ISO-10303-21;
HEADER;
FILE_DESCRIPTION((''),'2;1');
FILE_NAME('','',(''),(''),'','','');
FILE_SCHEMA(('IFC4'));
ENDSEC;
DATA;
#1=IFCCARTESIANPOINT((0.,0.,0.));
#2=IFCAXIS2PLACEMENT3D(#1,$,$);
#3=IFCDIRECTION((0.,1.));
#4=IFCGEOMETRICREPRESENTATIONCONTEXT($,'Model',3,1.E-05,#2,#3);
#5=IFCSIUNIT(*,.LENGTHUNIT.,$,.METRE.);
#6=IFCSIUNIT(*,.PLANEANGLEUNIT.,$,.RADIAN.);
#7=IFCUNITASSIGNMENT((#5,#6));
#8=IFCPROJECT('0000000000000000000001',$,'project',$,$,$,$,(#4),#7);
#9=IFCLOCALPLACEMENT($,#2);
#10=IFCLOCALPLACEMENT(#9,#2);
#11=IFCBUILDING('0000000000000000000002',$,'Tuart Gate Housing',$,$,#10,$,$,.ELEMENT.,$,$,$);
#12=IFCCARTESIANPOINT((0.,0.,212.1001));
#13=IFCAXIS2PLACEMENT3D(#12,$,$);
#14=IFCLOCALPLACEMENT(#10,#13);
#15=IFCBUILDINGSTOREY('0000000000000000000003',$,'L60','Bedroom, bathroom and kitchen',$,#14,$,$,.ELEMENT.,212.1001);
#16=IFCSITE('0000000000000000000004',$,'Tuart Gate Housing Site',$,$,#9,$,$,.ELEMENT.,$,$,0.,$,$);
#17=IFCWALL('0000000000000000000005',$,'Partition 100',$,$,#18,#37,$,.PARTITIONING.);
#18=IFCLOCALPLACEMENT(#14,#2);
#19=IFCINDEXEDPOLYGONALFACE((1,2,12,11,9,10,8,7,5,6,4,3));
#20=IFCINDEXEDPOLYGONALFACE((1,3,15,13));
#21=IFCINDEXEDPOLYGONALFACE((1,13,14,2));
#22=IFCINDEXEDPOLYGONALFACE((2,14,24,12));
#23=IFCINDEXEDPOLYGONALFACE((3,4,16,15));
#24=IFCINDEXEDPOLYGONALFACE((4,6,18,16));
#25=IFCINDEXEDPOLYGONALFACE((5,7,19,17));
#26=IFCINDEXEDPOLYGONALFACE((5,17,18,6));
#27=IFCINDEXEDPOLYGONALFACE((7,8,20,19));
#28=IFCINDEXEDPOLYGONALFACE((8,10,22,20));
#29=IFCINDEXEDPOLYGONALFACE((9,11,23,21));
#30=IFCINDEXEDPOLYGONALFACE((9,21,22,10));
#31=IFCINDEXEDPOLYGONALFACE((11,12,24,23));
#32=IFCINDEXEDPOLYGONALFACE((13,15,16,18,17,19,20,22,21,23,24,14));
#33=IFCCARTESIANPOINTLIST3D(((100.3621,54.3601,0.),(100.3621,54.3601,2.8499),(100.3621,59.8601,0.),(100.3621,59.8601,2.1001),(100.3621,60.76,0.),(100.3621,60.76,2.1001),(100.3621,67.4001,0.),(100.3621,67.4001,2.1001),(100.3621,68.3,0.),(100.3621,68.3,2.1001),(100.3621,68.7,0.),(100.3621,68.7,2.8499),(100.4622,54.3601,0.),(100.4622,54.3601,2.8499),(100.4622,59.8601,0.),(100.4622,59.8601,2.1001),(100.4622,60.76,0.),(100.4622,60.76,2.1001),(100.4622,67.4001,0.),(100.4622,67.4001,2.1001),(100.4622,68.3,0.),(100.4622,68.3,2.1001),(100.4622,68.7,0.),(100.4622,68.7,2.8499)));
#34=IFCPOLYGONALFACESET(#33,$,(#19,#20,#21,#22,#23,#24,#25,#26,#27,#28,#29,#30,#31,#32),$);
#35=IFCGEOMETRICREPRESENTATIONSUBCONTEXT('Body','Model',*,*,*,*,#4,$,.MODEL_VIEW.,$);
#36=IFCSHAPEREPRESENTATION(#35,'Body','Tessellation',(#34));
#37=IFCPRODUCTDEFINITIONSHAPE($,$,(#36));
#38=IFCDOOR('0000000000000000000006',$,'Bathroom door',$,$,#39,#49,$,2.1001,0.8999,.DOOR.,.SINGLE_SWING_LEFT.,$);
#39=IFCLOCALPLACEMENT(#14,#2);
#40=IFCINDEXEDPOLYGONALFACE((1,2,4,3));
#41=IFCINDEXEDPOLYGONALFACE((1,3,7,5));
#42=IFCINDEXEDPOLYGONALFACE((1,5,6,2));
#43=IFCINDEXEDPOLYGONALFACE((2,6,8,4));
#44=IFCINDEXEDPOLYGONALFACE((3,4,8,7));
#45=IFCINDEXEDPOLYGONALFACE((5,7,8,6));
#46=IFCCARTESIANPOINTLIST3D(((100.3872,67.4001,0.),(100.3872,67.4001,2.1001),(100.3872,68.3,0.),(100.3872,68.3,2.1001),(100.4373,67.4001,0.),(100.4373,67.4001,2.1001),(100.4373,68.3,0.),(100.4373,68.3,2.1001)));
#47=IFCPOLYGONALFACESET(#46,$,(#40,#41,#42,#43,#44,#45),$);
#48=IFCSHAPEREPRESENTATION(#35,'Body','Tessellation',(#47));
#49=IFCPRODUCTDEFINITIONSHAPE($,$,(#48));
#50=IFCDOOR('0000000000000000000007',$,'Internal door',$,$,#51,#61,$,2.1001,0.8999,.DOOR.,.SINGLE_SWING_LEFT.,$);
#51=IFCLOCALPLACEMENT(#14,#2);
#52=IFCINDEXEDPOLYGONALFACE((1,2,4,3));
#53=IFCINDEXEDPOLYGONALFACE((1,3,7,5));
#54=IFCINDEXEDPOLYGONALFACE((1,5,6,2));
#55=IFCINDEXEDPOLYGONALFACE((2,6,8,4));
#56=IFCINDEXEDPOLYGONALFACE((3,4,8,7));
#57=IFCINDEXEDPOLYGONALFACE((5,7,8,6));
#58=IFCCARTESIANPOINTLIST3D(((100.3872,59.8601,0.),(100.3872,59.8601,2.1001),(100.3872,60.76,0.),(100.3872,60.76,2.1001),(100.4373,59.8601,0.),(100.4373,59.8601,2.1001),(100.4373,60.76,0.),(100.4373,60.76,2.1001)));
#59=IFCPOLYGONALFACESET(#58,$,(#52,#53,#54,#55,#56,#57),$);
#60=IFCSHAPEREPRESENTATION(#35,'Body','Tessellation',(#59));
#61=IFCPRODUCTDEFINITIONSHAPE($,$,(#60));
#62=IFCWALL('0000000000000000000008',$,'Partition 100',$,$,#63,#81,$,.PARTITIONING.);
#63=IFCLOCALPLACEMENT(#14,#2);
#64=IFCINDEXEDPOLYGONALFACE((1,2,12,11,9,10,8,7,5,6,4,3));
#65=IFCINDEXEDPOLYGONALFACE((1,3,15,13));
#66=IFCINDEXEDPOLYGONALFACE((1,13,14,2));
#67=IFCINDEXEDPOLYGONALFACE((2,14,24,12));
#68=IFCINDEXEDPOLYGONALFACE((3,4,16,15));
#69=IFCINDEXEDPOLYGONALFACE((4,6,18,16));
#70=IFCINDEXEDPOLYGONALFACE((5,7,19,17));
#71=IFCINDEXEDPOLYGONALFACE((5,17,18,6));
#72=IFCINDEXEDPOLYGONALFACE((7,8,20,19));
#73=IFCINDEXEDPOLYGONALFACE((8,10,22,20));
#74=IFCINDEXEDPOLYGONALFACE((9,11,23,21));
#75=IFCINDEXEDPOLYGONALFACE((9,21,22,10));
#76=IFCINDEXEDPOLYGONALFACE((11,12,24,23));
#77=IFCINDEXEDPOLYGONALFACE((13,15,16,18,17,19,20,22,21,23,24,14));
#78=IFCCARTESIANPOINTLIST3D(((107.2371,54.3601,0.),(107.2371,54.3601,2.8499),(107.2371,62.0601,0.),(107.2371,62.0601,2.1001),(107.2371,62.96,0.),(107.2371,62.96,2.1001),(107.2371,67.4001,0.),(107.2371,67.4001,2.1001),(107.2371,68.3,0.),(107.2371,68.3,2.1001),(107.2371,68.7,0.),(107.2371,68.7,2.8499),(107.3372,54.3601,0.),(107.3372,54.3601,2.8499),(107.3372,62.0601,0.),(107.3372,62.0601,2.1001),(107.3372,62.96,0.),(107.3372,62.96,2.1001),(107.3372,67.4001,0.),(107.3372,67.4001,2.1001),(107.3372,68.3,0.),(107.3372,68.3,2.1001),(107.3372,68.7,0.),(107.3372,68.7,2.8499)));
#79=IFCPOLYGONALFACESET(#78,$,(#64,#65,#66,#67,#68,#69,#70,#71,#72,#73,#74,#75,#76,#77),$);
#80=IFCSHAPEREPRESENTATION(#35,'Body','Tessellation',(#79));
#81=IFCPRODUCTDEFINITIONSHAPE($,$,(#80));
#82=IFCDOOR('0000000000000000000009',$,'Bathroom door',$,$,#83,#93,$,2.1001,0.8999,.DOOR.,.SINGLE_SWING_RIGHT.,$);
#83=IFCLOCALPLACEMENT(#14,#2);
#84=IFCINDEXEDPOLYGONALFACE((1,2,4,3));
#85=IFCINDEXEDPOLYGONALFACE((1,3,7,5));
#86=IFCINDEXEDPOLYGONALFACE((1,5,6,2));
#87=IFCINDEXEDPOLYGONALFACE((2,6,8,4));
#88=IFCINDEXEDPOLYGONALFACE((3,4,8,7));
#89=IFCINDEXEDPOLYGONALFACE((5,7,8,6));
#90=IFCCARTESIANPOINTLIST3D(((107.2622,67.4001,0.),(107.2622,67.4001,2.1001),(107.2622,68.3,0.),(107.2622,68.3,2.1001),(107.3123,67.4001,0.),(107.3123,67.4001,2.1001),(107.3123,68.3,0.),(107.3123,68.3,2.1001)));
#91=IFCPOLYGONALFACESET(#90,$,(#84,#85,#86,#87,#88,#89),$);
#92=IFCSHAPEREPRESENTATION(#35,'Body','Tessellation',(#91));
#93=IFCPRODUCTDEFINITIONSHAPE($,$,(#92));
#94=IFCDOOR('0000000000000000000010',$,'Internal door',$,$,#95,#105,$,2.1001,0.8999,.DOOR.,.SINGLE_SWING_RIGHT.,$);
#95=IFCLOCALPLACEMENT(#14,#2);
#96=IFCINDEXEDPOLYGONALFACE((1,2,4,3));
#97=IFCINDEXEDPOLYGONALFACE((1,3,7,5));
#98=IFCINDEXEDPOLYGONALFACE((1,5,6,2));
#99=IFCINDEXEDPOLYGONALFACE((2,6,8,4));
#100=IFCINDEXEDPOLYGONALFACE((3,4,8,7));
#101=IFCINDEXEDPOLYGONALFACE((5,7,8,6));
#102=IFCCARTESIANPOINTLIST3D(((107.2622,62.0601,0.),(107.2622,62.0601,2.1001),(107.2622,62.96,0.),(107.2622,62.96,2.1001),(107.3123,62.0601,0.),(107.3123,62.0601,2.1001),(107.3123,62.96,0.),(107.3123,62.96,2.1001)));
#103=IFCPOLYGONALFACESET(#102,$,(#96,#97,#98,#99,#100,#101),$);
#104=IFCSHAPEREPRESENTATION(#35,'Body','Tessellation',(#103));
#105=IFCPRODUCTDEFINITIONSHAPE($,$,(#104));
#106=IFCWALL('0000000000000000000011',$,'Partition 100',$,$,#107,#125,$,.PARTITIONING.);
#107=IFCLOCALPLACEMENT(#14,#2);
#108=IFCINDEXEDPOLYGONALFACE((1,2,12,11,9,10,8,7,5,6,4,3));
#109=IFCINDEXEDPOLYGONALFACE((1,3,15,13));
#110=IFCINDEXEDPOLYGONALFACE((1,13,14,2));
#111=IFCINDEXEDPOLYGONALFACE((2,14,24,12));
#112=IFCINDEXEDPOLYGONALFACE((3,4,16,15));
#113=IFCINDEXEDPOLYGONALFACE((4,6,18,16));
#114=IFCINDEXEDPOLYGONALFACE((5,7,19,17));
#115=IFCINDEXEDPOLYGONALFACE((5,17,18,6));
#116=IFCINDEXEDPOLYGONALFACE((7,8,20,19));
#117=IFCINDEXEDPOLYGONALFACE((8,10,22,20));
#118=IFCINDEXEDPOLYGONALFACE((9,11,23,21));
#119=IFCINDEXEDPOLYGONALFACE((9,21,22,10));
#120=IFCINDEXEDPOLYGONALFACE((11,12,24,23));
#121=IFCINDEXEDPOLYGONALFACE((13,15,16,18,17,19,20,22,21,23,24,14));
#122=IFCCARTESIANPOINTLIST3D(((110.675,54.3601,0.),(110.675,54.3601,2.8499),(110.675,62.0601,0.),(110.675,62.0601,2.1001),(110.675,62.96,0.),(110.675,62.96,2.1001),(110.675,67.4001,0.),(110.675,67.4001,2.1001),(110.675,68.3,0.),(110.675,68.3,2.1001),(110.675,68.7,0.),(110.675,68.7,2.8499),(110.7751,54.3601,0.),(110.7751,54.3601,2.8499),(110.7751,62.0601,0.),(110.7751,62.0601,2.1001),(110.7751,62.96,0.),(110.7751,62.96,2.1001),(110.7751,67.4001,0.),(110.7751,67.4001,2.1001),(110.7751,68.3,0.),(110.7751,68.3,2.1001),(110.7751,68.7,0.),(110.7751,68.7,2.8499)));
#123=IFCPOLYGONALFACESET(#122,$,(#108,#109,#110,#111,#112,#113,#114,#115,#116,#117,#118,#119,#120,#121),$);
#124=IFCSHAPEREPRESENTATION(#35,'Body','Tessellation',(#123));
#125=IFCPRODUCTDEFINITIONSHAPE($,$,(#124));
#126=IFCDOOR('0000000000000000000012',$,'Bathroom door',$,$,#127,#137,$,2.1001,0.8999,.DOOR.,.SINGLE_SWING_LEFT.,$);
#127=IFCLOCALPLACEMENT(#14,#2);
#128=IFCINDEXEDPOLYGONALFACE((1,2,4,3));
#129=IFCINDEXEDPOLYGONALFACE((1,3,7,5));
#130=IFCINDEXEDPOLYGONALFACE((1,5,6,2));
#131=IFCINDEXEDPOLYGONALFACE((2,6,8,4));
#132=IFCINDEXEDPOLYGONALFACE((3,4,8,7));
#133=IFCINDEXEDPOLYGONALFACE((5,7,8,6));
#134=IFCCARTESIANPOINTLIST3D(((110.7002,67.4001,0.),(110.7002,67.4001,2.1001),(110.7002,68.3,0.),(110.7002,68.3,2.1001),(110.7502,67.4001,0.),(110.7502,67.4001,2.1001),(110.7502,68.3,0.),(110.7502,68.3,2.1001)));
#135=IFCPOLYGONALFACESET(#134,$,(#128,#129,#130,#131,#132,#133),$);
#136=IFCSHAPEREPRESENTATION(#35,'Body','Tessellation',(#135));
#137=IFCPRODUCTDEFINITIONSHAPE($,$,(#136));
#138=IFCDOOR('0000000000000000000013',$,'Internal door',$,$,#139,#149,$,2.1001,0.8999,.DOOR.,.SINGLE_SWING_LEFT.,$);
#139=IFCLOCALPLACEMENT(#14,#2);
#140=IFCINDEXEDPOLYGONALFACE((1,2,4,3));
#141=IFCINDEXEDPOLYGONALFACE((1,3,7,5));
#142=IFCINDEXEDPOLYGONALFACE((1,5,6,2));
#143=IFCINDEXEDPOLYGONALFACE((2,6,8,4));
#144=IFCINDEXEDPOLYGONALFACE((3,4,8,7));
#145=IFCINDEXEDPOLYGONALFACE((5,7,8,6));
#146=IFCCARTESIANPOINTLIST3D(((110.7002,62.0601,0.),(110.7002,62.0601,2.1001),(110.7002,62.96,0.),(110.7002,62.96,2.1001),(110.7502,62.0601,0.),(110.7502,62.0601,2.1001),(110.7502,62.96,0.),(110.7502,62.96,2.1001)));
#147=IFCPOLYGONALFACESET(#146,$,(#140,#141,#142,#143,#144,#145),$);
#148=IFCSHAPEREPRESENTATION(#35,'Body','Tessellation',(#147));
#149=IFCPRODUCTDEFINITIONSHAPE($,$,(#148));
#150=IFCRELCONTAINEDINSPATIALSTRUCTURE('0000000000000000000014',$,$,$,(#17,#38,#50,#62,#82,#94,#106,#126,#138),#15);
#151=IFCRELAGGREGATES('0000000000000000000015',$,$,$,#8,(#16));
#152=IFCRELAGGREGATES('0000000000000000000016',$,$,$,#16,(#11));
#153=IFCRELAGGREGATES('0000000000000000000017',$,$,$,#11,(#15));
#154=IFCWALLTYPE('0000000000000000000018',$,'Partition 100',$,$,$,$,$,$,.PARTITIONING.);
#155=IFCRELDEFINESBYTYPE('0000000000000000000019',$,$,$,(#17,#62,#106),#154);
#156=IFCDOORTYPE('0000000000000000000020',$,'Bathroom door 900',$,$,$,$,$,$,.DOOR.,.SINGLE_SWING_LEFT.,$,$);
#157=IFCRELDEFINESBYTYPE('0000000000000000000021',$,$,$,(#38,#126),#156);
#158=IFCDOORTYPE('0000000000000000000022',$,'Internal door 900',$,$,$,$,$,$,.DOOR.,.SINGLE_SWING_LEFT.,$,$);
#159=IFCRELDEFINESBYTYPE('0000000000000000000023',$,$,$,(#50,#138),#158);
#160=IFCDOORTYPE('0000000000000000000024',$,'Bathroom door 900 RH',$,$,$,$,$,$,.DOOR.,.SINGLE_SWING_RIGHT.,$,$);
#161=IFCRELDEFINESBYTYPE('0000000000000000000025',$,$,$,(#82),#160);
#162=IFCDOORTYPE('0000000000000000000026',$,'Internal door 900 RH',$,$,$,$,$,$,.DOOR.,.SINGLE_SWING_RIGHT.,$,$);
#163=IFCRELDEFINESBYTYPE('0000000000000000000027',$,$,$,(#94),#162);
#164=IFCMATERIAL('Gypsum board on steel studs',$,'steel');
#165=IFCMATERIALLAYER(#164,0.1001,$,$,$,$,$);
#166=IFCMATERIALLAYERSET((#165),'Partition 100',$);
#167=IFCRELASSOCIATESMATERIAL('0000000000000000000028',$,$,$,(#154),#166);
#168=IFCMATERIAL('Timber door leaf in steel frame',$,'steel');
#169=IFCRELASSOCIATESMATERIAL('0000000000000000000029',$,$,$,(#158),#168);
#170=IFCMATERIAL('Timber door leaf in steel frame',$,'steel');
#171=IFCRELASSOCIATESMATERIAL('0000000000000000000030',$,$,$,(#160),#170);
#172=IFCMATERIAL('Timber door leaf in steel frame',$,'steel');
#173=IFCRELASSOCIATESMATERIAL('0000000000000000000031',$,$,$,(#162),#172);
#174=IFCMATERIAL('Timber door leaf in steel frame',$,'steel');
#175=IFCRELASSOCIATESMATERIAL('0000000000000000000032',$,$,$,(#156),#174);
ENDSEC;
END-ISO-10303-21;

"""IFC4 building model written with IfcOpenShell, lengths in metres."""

from ifc_helpers import new_model, si_unit, direction, frame, frame_2d, origin, place, context, subcontext, project, spatial, rectangle, extrude, material, layer, layer_set, type_object, element, fill, save


model = new_model("IFC4")

# Units and contexts
model_context = context("Model", 3, precision=1e-05, world=origin(), true_north=direction((0.0, 1.0)))
body_context = subcontext(model_context, "Body", "Model", "MODEL_VIEW")
ifc_project = project(units=[si_unit("LENGTHUNIT", "METRE"), si_unit("PLANEANGLEUNIT", "RADIAN")], contexts=[model_context])

# Site, building, storey
site_placement = place(None, origin())
site = spatial("IfcSite", under=ifc_project, at=site_placement, Name="Tuart Gate Housing Site", CompositionType="ELEMENT", RefElevation=0.0)
building_placement = place(site_placement, origin())
building = spatial("IfcBuilding", under=site, at=building_placement, Name="Tuart Gate Housing", CompositionType="ELEMENT")
storey_placement = place(building_placement, frame((0.0, 0.0, 212.1001)))
storey = spatial("IfcBuildingStorey", under=building, at=storey_placement, Name="L60", Description="Bedroom, bathroom and kitchen", CompositionType="ELEMENT", Elevation=212.1001)

# Shared definitions
ifc_material_1 = material(Name="Gypsum board on steel studs", Category="steel")
ifc_layer_1 = layer(ifc_material_1, 0.1001)
ifc_layer_set_1 = layer_set([ifc_layer_1], Name="Partition 100")
wall_type_1 = type_object("IfcWallType", Name="Partition 100", PredefinedType="PARTITIONING", material=ifc_layer_set_1)
ifc_material_2 = material(Name="Timber door leaf in steel frame", Category="steel")
door_type_1 = type_object("IfcDoorType", Name="Internal door 900", OperationType="SINGLE_SWING_LEFT", PredefinedType="DOOR", material=ifc_material_2)

# Walls, openings, doors
ifc_material_3 = material(Name="Timber door leaf in steel frame", Category="steel")
door_type_2 = type_object("IfcDoorType", Name="Bathroom door 900 RH", OperationType="SINGLE_SWING_RIGHT", PredefinedType="DOOR", material=ifc_material_3)
ifc_material_4 = material(Name="Timber door leaf in steel frame", Category="steel")
door_type_3 = type_object("IfcDoorType", Name="Internal door 900 RH", OperationType="SINGLE_SWING_RIGHT", PredefinedType="DOOR", material=ifc_material_4)
wall_1_placement = place(storey_placement, frame((100.4121, 54.3601, 0.0), z_axis=(0.0, 0.0, 1.0), x_axis=(0.0, 1.0, 0.0)))
wall_1 = element("IfcWall", 1, at=wall_1_placement, inside=storey, type_object=wall_type_1, Name="Partition 100", PredefinedType="PARTITIONING", context=body_context, shape_type="SweptSolid", body=[
    extrude(rectangle(XDim=14.3398, YDim=0.1001, at=frame_2d((7.1699, 0.0))), origin(), (0.0, 0.0, 1.0), 2.8499),
])
opening_1_placement = place(wall_1_placement, frame((5.5, 0.0, 0.0)))
opening_1 = element("IfcOpeningElement", 2, at=opening_1_placement, cuts=wall_1, PredefinedType="OPENING", context=body_context, shape_type="SweptSolid", body=[
    extrude(rectangle(XDim=0.8999, YDim=2.1001, at=frame_2d((0.45, 1.05))), frame((0.0, 0.0601, 0.0), z_axis=(0.0, -1.0, 0.0), x_axis=(1.0, 0.0, 0.0)), (0.0, 0.0, 1.0), 0.1201),
])
opening_2_placement = place(wall_1_placement, frame((13.04, 0.0, 0.0)))
opening_2 = element("IfcOpeningElement", 3, at=opening_2_placement, cuts=wall_1, PredefinedType="OPENING", context=body_context, shape_type="SweptSolid", body=[
    extrude(rectangle(XDim=0.8999, YDim=2.1001, at=frame_2d((0.45, 1.05))), frame((0.0, 0.0601, 0.0), z_axis=(0.0, -1.0, 0.0), x_axis=(1.0, 0.0, 0.0)), (0.0, 0.0, 1.0), 0.1201),
])
ifc_material_5 = material(Name="Timber door leaf in steel frame", Category="steel")
door_type_4 = type_object("IfcDoorType", Name="Bathroom door 900", OperationType="SINGLE_SWING_LEFT", PredefinedType="DOOR", material=ifc_material_5)
door_1_placement = place(opening_2_placement, frame((0.8999, 0.0, 0.0), z_axis=(0.0, 0.0, 1.0), x_axis=(-1.0, 0.0, 0.0)))
door_1 = element("IfcDoor", 4, at=door_1_placement, inside=storey, type_object=door_type_4, Name="Bathroom door", OperationType="SINGLE_SWING_LEFT", OverallHeight=2.1001, OverallWidth=0.8999, PredefinedType="DOOR", context=body_context, shape_type="SweptSolid", body=[
    extrude(rectangle(XDim=0.8999, YDim=2.1001, at=frame_2d((0.45, 1.05))), frame((0.0, 0.0251, 0.0), z_axis=(0.0, -1.0, 0.0), x_axis=(1.0, 0.0, 0.0)), (0.0, 0.0, 1.0), 0.05),
])
fill(opening_2, door_1)
door_2_placement = place(opening_1_placement, frame((0.8999, 0.0, 0.0), z_axis=(0.0, 0.0, 1.0), x_axis=(-1.0, 0.0, 0.0)))
door_2 = element("IfcDoor", 5, at=door_2_placement, inside=storey, type_object=door_type_1, Name="Internal door", OperationType="SINGLE_SWING_LEFT", OverallHeight=2.1001, OverallWidth=0.8999, PredefinedType="DOOR", context=body_context, shape_type="SweptSolid", body=[
    extrude(rectangle(XDim=0.8999, YDim=2.1001, at=frame_2d((0.45, 1.05))), frame((0.0, 0.0251, 0.0), z_axis=(0.0, -1.0, 0.0), x_axis=(1.0, 0.0, 0.0)), (0.0, 0.0, 1.0), 0.05),
])
fill(opening_1, door_2)
wall_2_placement = place(storey_placement, frame((107.2871, 54.3601, 0.0), z_axis=(0.0, 0.0, 1.0), x_axis=(0.0, 1.0, 0.0)))
wall_2 = element("IfcWall", 6, at=wall_2_placement, inside=storey, type_object=wall_type_1, Name="Partition 100", PredefinedType="PARTITIONING", context=body_context, shape_type="SweptSolid", body=[
    extrude(rectangle(XDim=14.3398, YDim=0.1001, at=frame_2d((7.1699, 0.0))), origin(), (0.0, 0.0, 1.0), 2.8499),
])
opening_3_placement = place(wall_2_placement, frame((7.7, 0.0, 0.0)))
opening_3 = element("IfcOpeningElement", 7, at=opening_3_placement, cuts=wall_2, PredefinedType="OPENING", context=body_context, shape_type="SweptSolid", body=[
    extrude(rectangle(XDim=0.8999, YDim=2.1001, at=frame_2d((0.45, 1.05))), frame((0.0, 0.0601, 0.0), z_axis=(0.0, -1.0, 0.0), x_axis=(1.0, 0.0, 0.0)), (0.0, 0.0, 1.0), 0.1201),
])
opening_4_placement = place(wall_2_placement, frame((13.04, 0.0, 0.0)))
opening_4 = element("IfcOpeningElement", 8, at=opening_4_placement, cuts=wall_2, PredefinedType="OPENING", context=body_context, shape_type="SweptSolid", body=[
    extrude(rectangle(XDim=0.8999, YDim=2.1001, at=frame_2d((0.45, 1.05))), frame((0.0, 0.0601, 0.0), z_axis=(0.0, -1.0, 0.0), x_axis=(1.0, 0.0, 0.0)), (0.0, 0.0, 1.0), 0.1201),
])
door_3_placement = place(opening_4_placement, origin())
door_3 = element("IfcDoor", 9, at=door_3_placement, inside=storey, type_object=door_type_2, Name="Bathroom door", OperationType="SINGLE_SWING_RIGHT", OverallHeight=2.1001, OverallWidth=0.8999, PredefinedType="DOOR", context=body_context, shape_type="SweptSolid", body=[
    extrude(rectangle(XDim=0.8999, YDim=2.1001, at=frame_2d((0.45, 1.05))), frame((0.0, 0.0249, 0.0), z_axis=(0.0, -1.0, 0.0), x_axis=(1.0, 0.0, 0.0)), (0.0, 0.0, 1.0), 0.05),
])
fill(opening_4, door_3)
door_4_placement = place(opening_3_placement, origin())
door_4 = element("IfcDoor", 10, at=door_4_placement, inside=storey, type_object=door_type_3, Name="Internal door", OperationType="SINGLE_SWING_RIGHT", OverallHeight=2.1001, OverallWidth=0.8999, PredefinedType="DOOR", context=body_context, shape_type="SweptSolid", body=[
    extrude(rectangle(XDim=0.8999, YDim=2.1001, at=frame_2d((0.45, 1.05))), frame((0.0, 0.0249, 0.0), z_axis=(0.0, -1.0, 0.0), x_axis=(1.0, 0.0, 0.0)), (0.0, 0.0, 1.0), 0.05),
])
fill(opening_3, door_4)
wall_3_placement = place(storey_placement, frame((110.7251, 54.3601, 0.0), z_axis=(0.0, 0.0, 1.0), x_axis=(0.0, 1.0, 0.0)))
wall_3 = element("IfcWall", 11, at=wall_3_placement, inside=storey, type_object=wall_type_1, Name="Partition 100", PredefinedType="PARTITIONING", context=body_context, shape_type="SweptSolid", body=[
    extrude(rectangle(XDim=14.3398, YDim=0.1001, at=frame_2d((7.1699, 0.0))), origin(), (0.0, 0.0, 1.0), 2.8499),
])
opening_5_placement = place(wall_3_placement, frame((7.7, 0.0, 0.0)))
opening_5 = element("IfcOpeningElement", 12, at=opening_5_placement, cuts=wall_3, PredefinedType="OPENING", context=body_context, shape_type="SweptSolid", body=[
    extrude(rectangle(XDim=0.8999, YDim=2.1001, at=frame_2d((0.45, 1.05))), frame((0.0, 0.0601, 0.0), z_axis=(0.0, -1.0, 0.0), x_axis=(1.0, 0.0, 0.0)), (0.0, 0.0, 1.0), 0.1201),
])
opening_6_placement = place(wall_3_placement, frame((13.04, 0.0, 0.0)))
opening_6 = element("IfcOpeningElement", 13, at=opening_6_placement, cuts=wall_3, PredefinedType="OPENING", context=body_context, shape_type="SweptSolid", body=[
    extrude(rectangle(XDim=0.8999, YDim=2.1001, at=frame_2d((0.45, 1.05))), frame((0.0, 0.0601, 0.0), z_axis=(0.0, -1.0, 0.0), x_axis=(1.0, 0.0, 0.0)), (0.0, 0.0, 1.0), 0.1201),
])
door_5_placement = place(opening_6_placement, frame((0.8999, 0.0, 0.0), z_axis=(0.0, 0.0, 1.0), x_axis=(-1.0, 0.0, 0.0)))
door_5 = element("IfcDoor", 14, at=door_5_placement, inside=storey, type_object=door_type_4, Name="Bathroom door", OperationType="SINGLE_SWING_LEFT", OverallHeight=2.1001, OverallWidth=0.8999, PredefinedType="DOOR", context=body_context, shape_type="SweptSolid", body=[
    extrude(rectangle(XDim=0.8999, YDim=2.1001, at=frame_2d((0.45, 1.05))), frame((0.0, 0.0251, 0.0), z_axis=(0.0, -1.0, 0.0), x_axis=(1.0, 0.0, 0.0)), (0.0, 0.0, 1.0), 0.05),
])
fill(opening_6, door_5)
door_6_placement = place(opening_5_placement, frame((0.8999, 0.0, 0.0), z_axis=(0.0, 0.0, 1.0), x_axis=(-1.0, 0.0, 0.0)))
door_6 = element("IfcDoor", 15, at=door_6_placement, inside=storey, type_object=door_type_1, Name="Internal door", OperationType="SINGLE_SWING_LEFT", OverallHeight=2.1001, OverallWidth=0.8999, PredefinedType="DOOR", context=body_context, shape_type="SweptSolid", body=[
    extrude(rectangle(XDim=0.8999, YDim=2.1001, at=frame_2d((0.45, 1.05))), frame((0.0, 0.0251, 0.0), z_axis=(0.0, -1.0, 0.0), x_axis=(1.0, 0.0, 0.0)), (0.0, 0.0, 1.0), 0.05),
])
fill(opening_5, door_6)

save(model, "model.ifc")
